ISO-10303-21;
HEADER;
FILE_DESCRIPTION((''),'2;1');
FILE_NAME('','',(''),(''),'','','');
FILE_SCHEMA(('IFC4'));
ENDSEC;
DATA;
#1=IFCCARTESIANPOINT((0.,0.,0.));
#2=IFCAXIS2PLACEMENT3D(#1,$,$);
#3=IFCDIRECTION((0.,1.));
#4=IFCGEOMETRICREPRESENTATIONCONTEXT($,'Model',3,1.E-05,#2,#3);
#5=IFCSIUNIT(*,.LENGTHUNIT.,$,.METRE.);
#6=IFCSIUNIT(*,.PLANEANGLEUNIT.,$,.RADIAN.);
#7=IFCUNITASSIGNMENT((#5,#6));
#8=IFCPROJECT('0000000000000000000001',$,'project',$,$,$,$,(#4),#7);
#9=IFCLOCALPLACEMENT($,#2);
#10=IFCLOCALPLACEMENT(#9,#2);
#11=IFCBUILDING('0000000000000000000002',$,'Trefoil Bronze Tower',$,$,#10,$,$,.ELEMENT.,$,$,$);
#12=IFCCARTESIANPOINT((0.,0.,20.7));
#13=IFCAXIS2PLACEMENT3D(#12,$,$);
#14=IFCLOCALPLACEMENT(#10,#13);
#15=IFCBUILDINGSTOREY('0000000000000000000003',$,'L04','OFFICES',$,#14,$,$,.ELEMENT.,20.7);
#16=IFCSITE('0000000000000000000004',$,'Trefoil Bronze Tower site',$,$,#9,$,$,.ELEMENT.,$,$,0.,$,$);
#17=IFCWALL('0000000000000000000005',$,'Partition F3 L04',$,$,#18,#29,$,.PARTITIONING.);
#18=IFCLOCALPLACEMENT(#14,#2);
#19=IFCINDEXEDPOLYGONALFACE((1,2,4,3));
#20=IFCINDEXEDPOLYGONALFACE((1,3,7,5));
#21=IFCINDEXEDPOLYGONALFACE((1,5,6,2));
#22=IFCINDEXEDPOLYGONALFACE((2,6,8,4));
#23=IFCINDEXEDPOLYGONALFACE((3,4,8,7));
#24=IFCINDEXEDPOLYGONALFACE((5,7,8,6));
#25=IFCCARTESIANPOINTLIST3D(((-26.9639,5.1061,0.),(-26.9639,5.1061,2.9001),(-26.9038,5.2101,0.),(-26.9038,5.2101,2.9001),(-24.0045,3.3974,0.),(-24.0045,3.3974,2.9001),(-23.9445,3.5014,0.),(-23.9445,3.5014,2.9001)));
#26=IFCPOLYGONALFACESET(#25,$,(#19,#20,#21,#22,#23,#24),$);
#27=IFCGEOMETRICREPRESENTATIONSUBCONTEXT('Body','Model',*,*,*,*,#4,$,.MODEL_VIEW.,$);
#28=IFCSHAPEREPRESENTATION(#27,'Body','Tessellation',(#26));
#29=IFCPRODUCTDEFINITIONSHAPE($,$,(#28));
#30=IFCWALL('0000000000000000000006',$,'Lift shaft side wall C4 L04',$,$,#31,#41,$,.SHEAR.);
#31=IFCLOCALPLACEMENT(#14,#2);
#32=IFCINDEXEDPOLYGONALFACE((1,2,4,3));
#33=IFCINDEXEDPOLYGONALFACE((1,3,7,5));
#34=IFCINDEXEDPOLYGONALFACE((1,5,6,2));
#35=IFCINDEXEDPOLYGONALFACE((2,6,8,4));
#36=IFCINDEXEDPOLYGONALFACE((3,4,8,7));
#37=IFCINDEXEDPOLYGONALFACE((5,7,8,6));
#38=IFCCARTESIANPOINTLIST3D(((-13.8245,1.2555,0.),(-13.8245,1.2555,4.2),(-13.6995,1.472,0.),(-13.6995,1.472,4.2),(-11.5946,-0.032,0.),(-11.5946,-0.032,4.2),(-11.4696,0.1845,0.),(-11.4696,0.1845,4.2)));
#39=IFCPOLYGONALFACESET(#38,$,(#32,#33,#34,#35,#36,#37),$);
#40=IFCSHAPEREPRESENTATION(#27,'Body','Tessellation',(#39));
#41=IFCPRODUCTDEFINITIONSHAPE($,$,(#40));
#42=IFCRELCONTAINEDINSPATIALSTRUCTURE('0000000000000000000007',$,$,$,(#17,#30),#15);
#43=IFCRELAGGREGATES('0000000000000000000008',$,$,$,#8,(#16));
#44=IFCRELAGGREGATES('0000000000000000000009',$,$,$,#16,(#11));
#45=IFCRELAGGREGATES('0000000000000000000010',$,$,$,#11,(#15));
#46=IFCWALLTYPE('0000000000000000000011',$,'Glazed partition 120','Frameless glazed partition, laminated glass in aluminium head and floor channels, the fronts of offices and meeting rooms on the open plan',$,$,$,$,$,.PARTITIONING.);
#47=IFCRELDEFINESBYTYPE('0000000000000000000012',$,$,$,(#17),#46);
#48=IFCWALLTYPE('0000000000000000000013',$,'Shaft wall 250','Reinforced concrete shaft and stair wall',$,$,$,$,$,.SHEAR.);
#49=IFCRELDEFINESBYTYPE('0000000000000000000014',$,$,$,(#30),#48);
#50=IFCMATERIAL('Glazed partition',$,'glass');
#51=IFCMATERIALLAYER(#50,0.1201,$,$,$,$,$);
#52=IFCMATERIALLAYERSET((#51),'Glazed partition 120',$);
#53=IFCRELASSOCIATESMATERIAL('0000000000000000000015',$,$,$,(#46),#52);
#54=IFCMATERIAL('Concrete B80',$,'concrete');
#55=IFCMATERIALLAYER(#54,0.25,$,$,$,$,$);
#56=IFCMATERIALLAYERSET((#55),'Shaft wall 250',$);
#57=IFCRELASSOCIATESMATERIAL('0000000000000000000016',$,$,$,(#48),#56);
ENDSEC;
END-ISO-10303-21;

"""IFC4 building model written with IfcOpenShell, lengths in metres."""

from ifc_helpers import new_model, si_unit, direction, frame, frame_2d, origin, place, context, subcontext, project, spatial, rectangle, extrude, material, layer, layer_set, type_object, element, save


model = new_model("IFC4")

# Units and contexts
model_context = context("Model", 3, precision=1e-05, world=origin(), true_north=direction((0.0, 1.0)))
body_context = subcontext(model_context, "Body", "Model", "MODEL_VIEW")
ifc_project = project(units=[si_unit("LENGTHUNIT", "METRE"), si_unit("PLANEANGLEUNIT", "RADIAN")], contexts=[model_context])

# Site, building, storey
site_placement = place(None, origin())
site = spatial("IfcSite", under=ifc_project, at=site_placement, Name="Trefoil Bronze Tower site", CompositionType="ELEMENT", RefElevation=0.0)
building_placement = place(site_placement, origin())
building = spatial("IfcBuilding", under=site, at=building_placement, Name="Trefoil Bronze Tower", CompositionType="ELEMENT")
storey_placement = place(building_placement, frame((0.0, 0.0, 20.7)))
storey = spatial("IfcBuildingStorey", under=building, at=storey_placement, Name="L04", Description="OFFICES", CompositionType="ELEMENT", Elevation=20.7)

# Shared definitions
ifc_material_1 = material(Name="Glazed partition", Category="glass")
ifc_layer_1 = layer(ifc_material_1, 0.1201)
ifc_layer_set_1 = layer_set([ifc_layer_1], Name="Glazed partition 120")
wall_type_1 = type_object("IfcWallType", Name="Glazed partition 120", Description="Frameless glazed partition, laminated glass in aluminium head and floor channels, the fronts of offices and meeting rooms on the open plan", PredefinedType="PARTITIONING", material=ifc_layer_set_1)

# Walls
wall_1_placement = place(storey_placement, frame((-23.9746, 3.4495, 0.0), z_axis=(0.0, 0.0, 1.0), x_axis=(-0.866014, 0.500019, 0.0)))
element("IfcWall", 1, at=wall_1_placement, inside=storey, type_object=wall_type_1, Name="Partition F3 L04", PredefinedType="PARTITIONING", context=body_context, shape_type="SweptSolid", body=[
    extrude(rectangle(XDim=3.4172, YDim=0.1201, at=frame_2d((1.7085, 0.0))), origin(), (0.0, 0.0, 1.0), 2.9001),
])
ifc_material_2 = material(Name="Concrete B80", Category="concrete")
ifc_layer_2 = layer(ifc_material_2, 0.25)
ifc_layer_set_2 = layer_set([ifc_layer_2], Name="Shaft wall 250")
wall_type_2 = type_object("IfcWallType", Name="Shaft wall 250", Description="Reinforced concrete shaft and stair wall", PredefinedType="SHEAR", material=ifc_layer_set_2)
wall_2_placement = place(storey_placement, frame((-11.532, 0.0762, 0.0), z_axis=(0.0, 0.0, 1.0), x_axis=(-0.866006, 0.500034, 0.0)))
element("IfcWall", 2, at=wall_2_placement, inside=storey, type_object=wall_type_2, Name="Lift shaft side wall C4 L04", PredefinedType="SHEAR", context=body_context, shape_type="SweptSolid", body=[
    extrude(rectangle(XDim=2.575, YDim=0.25, at=frame_2d((1.2876, 0.0))), origin(), (0.0, 0.0, 1.0), 4.2),
])

save(model, "model.ifc")
